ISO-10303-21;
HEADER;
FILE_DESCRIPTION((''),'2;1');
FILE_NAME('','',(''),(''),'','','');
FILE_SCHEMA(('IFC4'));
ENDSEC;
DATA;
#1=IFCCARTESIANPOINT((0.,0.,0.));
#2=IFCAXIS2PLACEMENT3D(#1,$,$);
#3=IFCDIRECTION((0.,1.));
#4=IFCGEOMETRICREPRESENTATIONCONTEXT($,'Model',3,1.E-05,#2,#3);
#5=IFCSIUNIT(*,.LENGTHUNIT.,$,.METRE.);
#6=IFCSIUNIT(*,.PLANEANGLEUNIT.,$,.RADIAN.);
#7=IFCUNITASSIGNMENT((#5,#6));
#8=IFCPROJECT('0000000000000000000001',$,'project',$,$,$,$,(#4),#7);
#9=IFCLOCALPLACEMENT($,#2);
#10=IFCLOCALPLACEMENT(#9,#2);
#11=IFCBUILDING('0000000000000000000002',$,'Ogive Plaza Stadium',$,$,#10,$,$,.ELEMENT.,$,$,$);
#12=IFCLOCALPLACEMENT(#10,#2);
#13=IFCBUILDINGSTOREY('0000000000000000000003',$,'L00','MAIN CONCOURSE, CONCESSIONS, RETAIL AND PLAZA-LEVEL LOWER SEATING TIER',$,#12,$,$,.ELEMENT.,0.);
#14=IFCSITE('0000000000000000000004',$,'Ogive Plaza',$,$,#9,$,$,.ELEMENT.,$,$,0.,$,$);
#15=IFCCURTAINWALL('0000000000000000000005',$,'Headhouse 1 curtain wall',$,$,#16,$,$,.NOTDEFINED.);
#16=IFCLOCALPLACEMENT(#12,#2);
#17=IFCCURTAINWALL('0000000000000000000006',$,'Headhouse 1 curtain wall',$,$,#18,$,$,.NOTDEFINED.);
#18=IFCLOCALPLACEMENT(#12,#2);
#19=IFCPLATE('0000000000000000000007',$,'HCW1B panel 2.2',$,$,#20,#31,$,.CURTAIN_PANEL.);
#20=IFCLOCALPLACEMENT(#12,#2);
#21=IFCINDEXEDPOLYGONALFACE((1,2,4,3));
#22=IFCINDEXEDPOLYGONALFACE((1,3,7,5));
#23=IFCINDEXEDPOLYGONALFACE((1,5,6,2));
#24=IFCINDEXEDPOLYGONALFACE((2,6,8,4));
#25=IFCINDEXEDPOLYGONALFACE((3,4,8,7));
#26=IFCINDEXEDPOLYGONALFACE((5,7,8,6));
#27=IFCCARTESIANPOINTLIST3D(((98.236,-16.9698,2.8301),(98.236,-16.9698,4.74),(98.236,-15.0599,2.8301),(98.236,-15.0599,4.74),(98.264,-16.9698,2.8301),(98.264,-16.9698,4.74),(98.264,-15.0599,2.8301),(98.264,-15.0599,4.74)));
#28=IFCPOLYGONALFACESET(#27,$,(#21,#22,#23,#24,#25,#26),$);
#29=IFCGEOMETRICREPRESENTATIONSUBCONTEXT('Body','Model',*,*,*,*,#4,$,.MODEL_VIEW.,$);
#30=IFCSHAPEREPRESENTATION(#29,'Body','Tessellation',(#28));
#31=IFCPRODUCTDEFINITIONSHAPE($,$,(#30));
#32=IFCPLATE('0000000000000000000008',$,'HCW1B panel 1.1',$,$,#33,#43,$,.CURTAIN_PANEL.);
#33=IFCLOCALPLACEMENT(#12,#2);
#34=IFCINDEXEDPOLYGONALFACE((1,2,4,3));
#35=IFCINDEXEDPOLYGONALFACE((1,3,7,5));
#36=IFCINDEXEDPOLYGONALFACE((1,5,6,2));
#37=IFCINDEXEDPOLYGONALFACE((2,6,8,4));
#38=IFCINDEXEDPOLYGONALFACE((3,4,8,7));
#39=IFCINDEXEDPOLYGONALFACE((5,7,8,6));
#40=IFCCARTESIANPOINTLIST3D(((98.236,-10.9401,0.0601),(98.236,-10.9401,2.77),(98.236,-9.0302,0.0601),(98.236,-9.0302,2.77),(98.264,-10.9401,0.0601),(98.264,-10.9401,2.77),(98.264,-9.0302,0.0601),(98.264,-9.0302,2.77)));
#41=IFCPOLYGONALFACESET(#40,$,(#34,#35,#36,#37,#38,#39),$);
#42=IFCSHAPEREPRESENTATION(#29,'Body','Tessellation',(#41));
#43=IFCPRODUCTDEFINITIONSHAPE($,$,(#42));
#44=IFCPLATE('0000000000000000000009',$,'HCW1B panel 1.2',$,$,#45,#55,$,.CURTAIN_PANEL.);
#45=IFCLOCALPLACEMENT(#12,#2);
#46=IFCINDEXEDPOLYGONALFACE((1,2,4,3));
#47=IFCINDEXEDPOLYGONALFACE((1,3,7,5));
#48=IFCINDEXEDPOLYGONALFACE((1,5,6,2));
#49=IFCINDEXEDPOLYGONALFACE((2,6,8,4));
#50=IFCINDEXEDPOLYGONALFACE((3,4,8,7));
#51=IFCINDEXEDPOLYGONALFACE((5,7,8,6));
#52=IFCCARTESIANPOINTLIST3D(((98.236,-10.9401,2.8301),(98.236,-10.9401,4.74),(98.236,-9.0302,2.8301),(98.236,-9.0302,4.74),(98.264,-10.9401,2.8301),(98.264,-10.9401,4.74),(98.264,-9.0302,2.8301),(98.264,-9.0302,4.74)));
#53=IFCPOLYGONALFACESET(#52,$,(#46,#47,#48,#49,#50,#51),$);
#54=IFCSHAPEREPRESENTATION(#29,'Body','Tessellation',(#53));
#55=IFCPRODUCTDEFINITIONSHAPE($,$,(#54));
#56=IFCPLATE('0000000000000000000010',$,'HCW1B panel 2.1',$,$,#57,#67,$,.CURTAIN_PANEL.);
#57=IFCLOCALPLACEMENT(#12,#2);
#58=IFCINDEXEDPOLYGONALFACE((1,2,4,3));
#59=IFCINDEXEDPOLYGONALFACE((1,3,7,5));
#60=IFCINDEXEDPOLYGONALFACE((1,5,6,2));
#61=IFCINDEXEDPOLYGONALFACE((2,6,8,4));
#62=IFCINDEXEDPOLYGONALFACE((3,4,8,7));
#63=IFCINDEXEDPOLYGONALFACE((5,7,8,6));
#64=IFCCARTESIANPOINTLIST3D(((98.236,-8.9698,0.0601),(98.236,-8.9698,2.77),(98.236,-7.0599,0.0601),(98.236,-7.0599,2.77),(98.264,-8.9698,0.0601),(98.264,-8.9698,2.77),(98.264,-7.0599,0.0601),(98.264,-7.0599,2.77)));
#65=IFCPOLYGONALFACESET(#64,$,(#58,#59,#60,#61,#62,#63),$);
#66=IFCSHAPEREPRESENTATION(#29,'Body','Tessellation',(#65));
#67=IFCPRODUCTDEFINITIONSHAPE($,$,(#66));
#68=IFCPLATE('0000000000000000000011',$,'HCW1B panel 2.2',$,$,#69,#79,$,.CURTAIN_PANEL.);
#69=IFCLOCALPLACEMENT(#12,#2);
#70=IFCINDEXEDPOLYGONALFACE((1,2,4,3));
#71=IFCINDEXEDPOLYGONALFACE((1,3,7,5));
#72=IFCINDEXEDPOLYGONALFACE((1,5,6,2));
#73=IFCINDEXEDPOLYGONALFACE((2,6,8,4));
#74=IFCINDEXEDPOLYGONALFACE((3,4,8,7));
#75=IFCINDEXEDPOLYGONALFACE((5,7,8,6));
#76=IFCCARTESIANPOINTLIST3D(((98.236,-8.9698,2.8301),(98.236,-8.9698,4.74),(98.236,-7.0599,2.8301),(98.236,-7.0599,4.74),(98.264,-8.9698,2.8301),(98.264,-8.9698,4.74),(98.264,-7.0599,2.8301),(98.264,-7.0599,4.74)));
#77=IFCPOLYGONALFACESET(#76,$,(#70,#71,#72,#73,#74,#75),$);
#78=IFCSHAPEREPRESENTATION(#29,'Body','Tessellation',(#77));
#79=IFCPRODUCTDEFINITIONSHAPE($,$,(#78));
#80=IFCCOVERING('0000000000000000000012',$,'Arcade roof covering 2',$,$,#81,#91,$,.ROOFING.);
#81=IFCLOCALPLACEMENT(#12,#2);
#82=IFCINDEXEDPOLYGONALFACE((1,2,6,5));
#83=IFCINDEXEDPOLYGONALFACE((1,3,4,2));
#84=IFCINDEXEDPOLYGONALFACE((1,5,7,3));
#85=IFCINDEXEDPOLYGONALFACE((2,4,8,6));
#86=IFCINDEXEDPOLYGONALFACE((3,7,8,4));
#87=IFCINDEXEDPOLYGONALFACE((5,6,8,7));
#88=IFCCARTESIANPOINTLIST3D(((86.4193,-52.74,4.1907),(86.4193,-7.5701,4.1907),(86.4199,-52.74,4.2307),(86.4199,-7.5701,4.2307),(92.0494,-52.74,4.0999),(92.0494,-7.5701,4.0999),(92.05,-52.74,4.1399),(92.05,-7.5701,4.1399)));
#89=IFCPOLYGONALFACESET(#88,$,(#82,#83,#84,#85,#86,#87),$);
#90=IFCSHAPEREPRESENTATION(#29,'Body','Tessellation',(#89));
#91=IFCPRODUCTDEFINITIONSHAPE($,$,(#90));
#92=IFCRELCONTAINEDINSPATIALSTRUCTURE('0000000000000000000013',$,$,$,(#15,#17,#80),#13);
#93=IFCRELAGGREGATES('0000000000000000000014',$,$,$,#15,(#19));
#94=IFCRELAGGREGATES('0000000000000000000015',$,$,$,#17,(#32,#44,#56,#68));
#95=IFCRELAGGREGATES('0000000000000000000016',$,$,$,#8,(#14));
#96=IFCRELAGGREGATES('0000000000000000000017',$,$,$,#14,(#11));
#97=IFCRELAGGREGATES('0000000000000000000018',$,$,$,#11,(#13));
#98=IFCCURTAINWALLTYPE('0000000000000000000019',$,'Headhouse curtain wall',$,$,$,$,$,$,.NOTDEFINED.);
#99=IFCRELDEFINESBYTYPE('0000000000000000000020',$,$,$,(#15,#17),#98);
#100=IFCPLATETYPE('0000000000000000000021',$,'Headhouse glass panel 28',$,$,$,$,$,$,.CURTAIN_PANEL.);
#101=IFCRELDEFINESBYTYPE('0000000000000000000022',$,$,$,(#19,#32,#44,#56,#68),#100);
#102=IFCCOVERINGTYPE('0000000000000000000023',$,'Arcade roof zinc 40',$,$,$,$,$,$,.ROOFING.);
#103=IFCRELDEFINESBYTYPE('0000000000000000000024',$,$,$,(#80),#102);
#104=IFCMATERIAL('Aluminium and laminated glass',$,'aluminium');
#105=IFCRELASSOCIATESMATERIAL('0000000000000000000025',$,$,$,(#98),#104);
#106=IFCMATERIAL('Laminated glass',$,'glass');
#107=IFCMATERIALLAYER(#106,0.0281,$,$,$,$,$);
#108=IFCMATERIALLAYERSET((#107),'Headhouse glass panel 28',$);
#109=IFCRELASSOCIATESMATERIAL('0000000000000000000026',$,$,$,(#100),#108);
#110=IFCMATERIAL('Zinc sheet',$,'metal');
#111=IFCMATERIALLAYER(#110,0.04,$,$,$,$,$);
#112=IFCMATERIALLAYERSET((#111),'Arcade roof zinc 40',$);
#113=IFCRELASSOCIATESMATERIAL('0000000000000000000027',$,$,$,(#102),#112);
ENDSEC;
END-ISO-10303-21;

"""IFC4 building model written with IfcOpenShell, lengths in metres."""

from ifc_helpers import new_model, si_unit, direction, frame, origin, origin_2d, place, context, subcontext, project, spatial, polyline, rectangle, outline, extrude, material, layer, layer_set, type_object, element, aggregate, save


model = new_model("IFC4")

# Units and contexts
model_context = context("Model", 3, precision=1e-05, world=origin(), true_north=direction((0.0, 1.0)))
body_context = subcontext(model_context, "Body", "Model", "MODEL_VIEW")
ifc_project = project(units=[si_unit("LENGTHUNIT", "METRE"), si_unit("PLANEANGLEUNIT", "RADIAN")], contexts=[model_context])

# Site, building, storey
site_placement = place(None, origin())
site = spatial("IfcSite", under=ifc_project, at=site_placement, Name="Ogive Plaza", CompositionType="ELEMENT", RefElevation=0.0)
building_placement = place(site_placement, origin())
building = spatial("IfcBuilding", under=site, at=building_placement, Name="Ogive Plaza Stadium", CompositionType="ELEMENT")
storey_placement = place(building_placement, origin())
storey = spatial("IfcBuildingStorey", under=building, at=storey_placement, Name="L00", Description="MAIN CONCOURSE, CONCESSIONS, RETAIL AND PLAZA-LEVEL LOWER SEATING TIER", CompositionType="ELEMENT", Elevation=0.0)

# Curtain walls
ifc_material_1 = material(Name="Aluminium and laminated glass", Category="aluminium")
curtain_wall_type = type_object("IfcCurtainWallType", Name="Headhouse curtain wall", PredefinedType="NOTDEFINED", material=ifc_material_1)
curtain_wall_1_placement = place(storey_placement, origin())
curtain_wall_1 = element("IfcCurtainWall", 1, at=curtain_wall_1_placement, inside=storey, type_object=curtain_wall_type, Name="Headhouse 1 curtain wall", PredefinedType="NOTDEFINED")
curtain_wall_2_placement = place(storey_placement, origin())
curtain_wall_2 = element("IfcCurtainWall", 2, at=curtain_wall_2_placement, inside=storey, type_object=curtain_wall_type, Name="Headhouse 1 curtain wall", PredefinedType="NOTDEFINED")

# Plates
ifc_material_2 = material(Name="Laminated glass", Category="glass")
ifc_layer_1 = layer(ifc_material_2, 0.0281)
ifc_layer_set_1 = layer_set([ifc_layer_1], Name="Headhouse glass panel 28")
plate_type = type_object("IfcPlateType", Name="Headhouse glass panel 28", PredefinedType="CURTAIN_PANEL", material=ifc_layer_set_1)
plate_1_placement = place(storey_placement, frame((98.25, -16.0149, 2.8301), z_axis=(0.0, 0.0, 1.0), x_axis=(0.0, 1.0, 0.0)))
plate_1 = element("IfcPlate", 3, at=plate_1_placement, type_object=plate_type, Name="HCW1B panel 2.2", PredefinedType="CURTAIN_PANEL", context=body_context, shape_type="SweptSolid", body=[
    extrude(rectangle(XDim=1.9099, YDim=0.0281, at=origin_2d()), origin(), (0.0, 0.0, 1.0), 1.9099),
])
aggregate(curtain_wall_1, [plate_1])
plate_2_placement = place(storey_placement, frame((98.25, -9.9851, 0.0601), z_axis=(0.0, 0.0, 1.0), x_axis=(0.0, 1.0, 0.0)))
plate_2 = element("IfcPlate", 4, at=plate_2_placement, type_object=plate_type, Name="HCW1B panel 1.1", PredefinedType="CURTAIN_PANEL", context=body_context, shape_type="SweptSolid", body=[
    extrude(rectangle(XDim=1.9099, YDim=0.0281, at=origin_2d()), origin(), (0.0, 0.0, 1.0), 2.71),
])
plate_3_placement = place(storey_placement, frame((98.25, -9.9851, 2.8301), z_axis=(0.0, 0.0, 1.0), x_axis=(0.0, 1.0, 0.0)))
plate_3 = element("IfcPlate", 5, at=plate_3_placement, type_object=plate_type, Name="HCW1B panel 1.2", PredefinedType="CURTAIN_PANEL", context=body_context, shape_type="SweptSolid", body=[
    extrude(rectangle(XDim=1.9099, YDim=0.0281, at=origin_2d()), origin(), (0.0, 0.0, 1.0), 1.9099),
])
plate_4_placement = place(storey_placement, frame((98.25, -8.0149, 0.0601), z_axis=(0.0, 0.0, 1.0), x_axis=(0.0, 1.0, 0.0)))
plate_4 = element("IfcPlate", 6, at=plate_4_placement, type_object=plate_type, Name="HCW1B panel 2.1", PredefinedType="CURTAIN_PANEL", context=body_context, shape_type="SweptSolid", body=[
    extrude(rectangle(XDim=1.9099, YDim=0.0281, at=origin_2d()), origin(), (0.0, 0.0, 1.0), 2.71),
])
plate_5_placement = place(storey_placement, frame((98.25, -8.0149, 2.8301), z_axis=(0.0, 0.0, 1.0), x_axis=(0.0, 1.0, 0.0)))
plate_5 = element("IfcPlate", 7, at=plate_5_placement, type_object=plate_type, Name="HCW1B panel 2.2", PredefinedType="CURTAIN_PANEL", context=body_context, shape_type="SweptSolid", body=[
    extrude(rectangle(XDim=1.9099, YDim=0.0281, at=origin_2d()), origin(), (0.0, 0.0, 1.0), 1.9099),
])
aggregate(curtain_wall_2, [plate_2, plate_3, plate_4, plate_5])

# Covering
ifc_material_3 = material(Name="Zinc sheet", Category="metal")
ifc_layer_2 = layer(ifc_material_3, 0.04)
ifc_layer_set_2 = layer_set([ifc_layer_2], Name="Arcade roof zinc 40")
covering_type = type_object("IfcCoveringType", Name="Arcade roof zinc 40", PredefinedType="ROOFING", material=ifc_layer_set_2)
covering_placement = place(storey_placement, frame((86.4199, -7.5701, 4.2307), z_axis=(0.016129, 0.0, 0.99987), x_axis=(0.99987, 0.0, -0.016129)))
element("IfcCovering", 8, at=covering_placement, inside=storey, type_object=covering_type, Name="Arcade roof covering 2", PredefinedType="ROOFING", context=body_context, shape_type="SweptSolid", body=[
    extrude(outline(polyline([(0.0, 0.0), (5.6309, 0.0), (5.6309, -45.1699), (0.0, -45.1699), (0.0, 0.0)])), origin(), (0.0, 0.0, -1.0), 0.04),
])

save(model, "model.ifc")
